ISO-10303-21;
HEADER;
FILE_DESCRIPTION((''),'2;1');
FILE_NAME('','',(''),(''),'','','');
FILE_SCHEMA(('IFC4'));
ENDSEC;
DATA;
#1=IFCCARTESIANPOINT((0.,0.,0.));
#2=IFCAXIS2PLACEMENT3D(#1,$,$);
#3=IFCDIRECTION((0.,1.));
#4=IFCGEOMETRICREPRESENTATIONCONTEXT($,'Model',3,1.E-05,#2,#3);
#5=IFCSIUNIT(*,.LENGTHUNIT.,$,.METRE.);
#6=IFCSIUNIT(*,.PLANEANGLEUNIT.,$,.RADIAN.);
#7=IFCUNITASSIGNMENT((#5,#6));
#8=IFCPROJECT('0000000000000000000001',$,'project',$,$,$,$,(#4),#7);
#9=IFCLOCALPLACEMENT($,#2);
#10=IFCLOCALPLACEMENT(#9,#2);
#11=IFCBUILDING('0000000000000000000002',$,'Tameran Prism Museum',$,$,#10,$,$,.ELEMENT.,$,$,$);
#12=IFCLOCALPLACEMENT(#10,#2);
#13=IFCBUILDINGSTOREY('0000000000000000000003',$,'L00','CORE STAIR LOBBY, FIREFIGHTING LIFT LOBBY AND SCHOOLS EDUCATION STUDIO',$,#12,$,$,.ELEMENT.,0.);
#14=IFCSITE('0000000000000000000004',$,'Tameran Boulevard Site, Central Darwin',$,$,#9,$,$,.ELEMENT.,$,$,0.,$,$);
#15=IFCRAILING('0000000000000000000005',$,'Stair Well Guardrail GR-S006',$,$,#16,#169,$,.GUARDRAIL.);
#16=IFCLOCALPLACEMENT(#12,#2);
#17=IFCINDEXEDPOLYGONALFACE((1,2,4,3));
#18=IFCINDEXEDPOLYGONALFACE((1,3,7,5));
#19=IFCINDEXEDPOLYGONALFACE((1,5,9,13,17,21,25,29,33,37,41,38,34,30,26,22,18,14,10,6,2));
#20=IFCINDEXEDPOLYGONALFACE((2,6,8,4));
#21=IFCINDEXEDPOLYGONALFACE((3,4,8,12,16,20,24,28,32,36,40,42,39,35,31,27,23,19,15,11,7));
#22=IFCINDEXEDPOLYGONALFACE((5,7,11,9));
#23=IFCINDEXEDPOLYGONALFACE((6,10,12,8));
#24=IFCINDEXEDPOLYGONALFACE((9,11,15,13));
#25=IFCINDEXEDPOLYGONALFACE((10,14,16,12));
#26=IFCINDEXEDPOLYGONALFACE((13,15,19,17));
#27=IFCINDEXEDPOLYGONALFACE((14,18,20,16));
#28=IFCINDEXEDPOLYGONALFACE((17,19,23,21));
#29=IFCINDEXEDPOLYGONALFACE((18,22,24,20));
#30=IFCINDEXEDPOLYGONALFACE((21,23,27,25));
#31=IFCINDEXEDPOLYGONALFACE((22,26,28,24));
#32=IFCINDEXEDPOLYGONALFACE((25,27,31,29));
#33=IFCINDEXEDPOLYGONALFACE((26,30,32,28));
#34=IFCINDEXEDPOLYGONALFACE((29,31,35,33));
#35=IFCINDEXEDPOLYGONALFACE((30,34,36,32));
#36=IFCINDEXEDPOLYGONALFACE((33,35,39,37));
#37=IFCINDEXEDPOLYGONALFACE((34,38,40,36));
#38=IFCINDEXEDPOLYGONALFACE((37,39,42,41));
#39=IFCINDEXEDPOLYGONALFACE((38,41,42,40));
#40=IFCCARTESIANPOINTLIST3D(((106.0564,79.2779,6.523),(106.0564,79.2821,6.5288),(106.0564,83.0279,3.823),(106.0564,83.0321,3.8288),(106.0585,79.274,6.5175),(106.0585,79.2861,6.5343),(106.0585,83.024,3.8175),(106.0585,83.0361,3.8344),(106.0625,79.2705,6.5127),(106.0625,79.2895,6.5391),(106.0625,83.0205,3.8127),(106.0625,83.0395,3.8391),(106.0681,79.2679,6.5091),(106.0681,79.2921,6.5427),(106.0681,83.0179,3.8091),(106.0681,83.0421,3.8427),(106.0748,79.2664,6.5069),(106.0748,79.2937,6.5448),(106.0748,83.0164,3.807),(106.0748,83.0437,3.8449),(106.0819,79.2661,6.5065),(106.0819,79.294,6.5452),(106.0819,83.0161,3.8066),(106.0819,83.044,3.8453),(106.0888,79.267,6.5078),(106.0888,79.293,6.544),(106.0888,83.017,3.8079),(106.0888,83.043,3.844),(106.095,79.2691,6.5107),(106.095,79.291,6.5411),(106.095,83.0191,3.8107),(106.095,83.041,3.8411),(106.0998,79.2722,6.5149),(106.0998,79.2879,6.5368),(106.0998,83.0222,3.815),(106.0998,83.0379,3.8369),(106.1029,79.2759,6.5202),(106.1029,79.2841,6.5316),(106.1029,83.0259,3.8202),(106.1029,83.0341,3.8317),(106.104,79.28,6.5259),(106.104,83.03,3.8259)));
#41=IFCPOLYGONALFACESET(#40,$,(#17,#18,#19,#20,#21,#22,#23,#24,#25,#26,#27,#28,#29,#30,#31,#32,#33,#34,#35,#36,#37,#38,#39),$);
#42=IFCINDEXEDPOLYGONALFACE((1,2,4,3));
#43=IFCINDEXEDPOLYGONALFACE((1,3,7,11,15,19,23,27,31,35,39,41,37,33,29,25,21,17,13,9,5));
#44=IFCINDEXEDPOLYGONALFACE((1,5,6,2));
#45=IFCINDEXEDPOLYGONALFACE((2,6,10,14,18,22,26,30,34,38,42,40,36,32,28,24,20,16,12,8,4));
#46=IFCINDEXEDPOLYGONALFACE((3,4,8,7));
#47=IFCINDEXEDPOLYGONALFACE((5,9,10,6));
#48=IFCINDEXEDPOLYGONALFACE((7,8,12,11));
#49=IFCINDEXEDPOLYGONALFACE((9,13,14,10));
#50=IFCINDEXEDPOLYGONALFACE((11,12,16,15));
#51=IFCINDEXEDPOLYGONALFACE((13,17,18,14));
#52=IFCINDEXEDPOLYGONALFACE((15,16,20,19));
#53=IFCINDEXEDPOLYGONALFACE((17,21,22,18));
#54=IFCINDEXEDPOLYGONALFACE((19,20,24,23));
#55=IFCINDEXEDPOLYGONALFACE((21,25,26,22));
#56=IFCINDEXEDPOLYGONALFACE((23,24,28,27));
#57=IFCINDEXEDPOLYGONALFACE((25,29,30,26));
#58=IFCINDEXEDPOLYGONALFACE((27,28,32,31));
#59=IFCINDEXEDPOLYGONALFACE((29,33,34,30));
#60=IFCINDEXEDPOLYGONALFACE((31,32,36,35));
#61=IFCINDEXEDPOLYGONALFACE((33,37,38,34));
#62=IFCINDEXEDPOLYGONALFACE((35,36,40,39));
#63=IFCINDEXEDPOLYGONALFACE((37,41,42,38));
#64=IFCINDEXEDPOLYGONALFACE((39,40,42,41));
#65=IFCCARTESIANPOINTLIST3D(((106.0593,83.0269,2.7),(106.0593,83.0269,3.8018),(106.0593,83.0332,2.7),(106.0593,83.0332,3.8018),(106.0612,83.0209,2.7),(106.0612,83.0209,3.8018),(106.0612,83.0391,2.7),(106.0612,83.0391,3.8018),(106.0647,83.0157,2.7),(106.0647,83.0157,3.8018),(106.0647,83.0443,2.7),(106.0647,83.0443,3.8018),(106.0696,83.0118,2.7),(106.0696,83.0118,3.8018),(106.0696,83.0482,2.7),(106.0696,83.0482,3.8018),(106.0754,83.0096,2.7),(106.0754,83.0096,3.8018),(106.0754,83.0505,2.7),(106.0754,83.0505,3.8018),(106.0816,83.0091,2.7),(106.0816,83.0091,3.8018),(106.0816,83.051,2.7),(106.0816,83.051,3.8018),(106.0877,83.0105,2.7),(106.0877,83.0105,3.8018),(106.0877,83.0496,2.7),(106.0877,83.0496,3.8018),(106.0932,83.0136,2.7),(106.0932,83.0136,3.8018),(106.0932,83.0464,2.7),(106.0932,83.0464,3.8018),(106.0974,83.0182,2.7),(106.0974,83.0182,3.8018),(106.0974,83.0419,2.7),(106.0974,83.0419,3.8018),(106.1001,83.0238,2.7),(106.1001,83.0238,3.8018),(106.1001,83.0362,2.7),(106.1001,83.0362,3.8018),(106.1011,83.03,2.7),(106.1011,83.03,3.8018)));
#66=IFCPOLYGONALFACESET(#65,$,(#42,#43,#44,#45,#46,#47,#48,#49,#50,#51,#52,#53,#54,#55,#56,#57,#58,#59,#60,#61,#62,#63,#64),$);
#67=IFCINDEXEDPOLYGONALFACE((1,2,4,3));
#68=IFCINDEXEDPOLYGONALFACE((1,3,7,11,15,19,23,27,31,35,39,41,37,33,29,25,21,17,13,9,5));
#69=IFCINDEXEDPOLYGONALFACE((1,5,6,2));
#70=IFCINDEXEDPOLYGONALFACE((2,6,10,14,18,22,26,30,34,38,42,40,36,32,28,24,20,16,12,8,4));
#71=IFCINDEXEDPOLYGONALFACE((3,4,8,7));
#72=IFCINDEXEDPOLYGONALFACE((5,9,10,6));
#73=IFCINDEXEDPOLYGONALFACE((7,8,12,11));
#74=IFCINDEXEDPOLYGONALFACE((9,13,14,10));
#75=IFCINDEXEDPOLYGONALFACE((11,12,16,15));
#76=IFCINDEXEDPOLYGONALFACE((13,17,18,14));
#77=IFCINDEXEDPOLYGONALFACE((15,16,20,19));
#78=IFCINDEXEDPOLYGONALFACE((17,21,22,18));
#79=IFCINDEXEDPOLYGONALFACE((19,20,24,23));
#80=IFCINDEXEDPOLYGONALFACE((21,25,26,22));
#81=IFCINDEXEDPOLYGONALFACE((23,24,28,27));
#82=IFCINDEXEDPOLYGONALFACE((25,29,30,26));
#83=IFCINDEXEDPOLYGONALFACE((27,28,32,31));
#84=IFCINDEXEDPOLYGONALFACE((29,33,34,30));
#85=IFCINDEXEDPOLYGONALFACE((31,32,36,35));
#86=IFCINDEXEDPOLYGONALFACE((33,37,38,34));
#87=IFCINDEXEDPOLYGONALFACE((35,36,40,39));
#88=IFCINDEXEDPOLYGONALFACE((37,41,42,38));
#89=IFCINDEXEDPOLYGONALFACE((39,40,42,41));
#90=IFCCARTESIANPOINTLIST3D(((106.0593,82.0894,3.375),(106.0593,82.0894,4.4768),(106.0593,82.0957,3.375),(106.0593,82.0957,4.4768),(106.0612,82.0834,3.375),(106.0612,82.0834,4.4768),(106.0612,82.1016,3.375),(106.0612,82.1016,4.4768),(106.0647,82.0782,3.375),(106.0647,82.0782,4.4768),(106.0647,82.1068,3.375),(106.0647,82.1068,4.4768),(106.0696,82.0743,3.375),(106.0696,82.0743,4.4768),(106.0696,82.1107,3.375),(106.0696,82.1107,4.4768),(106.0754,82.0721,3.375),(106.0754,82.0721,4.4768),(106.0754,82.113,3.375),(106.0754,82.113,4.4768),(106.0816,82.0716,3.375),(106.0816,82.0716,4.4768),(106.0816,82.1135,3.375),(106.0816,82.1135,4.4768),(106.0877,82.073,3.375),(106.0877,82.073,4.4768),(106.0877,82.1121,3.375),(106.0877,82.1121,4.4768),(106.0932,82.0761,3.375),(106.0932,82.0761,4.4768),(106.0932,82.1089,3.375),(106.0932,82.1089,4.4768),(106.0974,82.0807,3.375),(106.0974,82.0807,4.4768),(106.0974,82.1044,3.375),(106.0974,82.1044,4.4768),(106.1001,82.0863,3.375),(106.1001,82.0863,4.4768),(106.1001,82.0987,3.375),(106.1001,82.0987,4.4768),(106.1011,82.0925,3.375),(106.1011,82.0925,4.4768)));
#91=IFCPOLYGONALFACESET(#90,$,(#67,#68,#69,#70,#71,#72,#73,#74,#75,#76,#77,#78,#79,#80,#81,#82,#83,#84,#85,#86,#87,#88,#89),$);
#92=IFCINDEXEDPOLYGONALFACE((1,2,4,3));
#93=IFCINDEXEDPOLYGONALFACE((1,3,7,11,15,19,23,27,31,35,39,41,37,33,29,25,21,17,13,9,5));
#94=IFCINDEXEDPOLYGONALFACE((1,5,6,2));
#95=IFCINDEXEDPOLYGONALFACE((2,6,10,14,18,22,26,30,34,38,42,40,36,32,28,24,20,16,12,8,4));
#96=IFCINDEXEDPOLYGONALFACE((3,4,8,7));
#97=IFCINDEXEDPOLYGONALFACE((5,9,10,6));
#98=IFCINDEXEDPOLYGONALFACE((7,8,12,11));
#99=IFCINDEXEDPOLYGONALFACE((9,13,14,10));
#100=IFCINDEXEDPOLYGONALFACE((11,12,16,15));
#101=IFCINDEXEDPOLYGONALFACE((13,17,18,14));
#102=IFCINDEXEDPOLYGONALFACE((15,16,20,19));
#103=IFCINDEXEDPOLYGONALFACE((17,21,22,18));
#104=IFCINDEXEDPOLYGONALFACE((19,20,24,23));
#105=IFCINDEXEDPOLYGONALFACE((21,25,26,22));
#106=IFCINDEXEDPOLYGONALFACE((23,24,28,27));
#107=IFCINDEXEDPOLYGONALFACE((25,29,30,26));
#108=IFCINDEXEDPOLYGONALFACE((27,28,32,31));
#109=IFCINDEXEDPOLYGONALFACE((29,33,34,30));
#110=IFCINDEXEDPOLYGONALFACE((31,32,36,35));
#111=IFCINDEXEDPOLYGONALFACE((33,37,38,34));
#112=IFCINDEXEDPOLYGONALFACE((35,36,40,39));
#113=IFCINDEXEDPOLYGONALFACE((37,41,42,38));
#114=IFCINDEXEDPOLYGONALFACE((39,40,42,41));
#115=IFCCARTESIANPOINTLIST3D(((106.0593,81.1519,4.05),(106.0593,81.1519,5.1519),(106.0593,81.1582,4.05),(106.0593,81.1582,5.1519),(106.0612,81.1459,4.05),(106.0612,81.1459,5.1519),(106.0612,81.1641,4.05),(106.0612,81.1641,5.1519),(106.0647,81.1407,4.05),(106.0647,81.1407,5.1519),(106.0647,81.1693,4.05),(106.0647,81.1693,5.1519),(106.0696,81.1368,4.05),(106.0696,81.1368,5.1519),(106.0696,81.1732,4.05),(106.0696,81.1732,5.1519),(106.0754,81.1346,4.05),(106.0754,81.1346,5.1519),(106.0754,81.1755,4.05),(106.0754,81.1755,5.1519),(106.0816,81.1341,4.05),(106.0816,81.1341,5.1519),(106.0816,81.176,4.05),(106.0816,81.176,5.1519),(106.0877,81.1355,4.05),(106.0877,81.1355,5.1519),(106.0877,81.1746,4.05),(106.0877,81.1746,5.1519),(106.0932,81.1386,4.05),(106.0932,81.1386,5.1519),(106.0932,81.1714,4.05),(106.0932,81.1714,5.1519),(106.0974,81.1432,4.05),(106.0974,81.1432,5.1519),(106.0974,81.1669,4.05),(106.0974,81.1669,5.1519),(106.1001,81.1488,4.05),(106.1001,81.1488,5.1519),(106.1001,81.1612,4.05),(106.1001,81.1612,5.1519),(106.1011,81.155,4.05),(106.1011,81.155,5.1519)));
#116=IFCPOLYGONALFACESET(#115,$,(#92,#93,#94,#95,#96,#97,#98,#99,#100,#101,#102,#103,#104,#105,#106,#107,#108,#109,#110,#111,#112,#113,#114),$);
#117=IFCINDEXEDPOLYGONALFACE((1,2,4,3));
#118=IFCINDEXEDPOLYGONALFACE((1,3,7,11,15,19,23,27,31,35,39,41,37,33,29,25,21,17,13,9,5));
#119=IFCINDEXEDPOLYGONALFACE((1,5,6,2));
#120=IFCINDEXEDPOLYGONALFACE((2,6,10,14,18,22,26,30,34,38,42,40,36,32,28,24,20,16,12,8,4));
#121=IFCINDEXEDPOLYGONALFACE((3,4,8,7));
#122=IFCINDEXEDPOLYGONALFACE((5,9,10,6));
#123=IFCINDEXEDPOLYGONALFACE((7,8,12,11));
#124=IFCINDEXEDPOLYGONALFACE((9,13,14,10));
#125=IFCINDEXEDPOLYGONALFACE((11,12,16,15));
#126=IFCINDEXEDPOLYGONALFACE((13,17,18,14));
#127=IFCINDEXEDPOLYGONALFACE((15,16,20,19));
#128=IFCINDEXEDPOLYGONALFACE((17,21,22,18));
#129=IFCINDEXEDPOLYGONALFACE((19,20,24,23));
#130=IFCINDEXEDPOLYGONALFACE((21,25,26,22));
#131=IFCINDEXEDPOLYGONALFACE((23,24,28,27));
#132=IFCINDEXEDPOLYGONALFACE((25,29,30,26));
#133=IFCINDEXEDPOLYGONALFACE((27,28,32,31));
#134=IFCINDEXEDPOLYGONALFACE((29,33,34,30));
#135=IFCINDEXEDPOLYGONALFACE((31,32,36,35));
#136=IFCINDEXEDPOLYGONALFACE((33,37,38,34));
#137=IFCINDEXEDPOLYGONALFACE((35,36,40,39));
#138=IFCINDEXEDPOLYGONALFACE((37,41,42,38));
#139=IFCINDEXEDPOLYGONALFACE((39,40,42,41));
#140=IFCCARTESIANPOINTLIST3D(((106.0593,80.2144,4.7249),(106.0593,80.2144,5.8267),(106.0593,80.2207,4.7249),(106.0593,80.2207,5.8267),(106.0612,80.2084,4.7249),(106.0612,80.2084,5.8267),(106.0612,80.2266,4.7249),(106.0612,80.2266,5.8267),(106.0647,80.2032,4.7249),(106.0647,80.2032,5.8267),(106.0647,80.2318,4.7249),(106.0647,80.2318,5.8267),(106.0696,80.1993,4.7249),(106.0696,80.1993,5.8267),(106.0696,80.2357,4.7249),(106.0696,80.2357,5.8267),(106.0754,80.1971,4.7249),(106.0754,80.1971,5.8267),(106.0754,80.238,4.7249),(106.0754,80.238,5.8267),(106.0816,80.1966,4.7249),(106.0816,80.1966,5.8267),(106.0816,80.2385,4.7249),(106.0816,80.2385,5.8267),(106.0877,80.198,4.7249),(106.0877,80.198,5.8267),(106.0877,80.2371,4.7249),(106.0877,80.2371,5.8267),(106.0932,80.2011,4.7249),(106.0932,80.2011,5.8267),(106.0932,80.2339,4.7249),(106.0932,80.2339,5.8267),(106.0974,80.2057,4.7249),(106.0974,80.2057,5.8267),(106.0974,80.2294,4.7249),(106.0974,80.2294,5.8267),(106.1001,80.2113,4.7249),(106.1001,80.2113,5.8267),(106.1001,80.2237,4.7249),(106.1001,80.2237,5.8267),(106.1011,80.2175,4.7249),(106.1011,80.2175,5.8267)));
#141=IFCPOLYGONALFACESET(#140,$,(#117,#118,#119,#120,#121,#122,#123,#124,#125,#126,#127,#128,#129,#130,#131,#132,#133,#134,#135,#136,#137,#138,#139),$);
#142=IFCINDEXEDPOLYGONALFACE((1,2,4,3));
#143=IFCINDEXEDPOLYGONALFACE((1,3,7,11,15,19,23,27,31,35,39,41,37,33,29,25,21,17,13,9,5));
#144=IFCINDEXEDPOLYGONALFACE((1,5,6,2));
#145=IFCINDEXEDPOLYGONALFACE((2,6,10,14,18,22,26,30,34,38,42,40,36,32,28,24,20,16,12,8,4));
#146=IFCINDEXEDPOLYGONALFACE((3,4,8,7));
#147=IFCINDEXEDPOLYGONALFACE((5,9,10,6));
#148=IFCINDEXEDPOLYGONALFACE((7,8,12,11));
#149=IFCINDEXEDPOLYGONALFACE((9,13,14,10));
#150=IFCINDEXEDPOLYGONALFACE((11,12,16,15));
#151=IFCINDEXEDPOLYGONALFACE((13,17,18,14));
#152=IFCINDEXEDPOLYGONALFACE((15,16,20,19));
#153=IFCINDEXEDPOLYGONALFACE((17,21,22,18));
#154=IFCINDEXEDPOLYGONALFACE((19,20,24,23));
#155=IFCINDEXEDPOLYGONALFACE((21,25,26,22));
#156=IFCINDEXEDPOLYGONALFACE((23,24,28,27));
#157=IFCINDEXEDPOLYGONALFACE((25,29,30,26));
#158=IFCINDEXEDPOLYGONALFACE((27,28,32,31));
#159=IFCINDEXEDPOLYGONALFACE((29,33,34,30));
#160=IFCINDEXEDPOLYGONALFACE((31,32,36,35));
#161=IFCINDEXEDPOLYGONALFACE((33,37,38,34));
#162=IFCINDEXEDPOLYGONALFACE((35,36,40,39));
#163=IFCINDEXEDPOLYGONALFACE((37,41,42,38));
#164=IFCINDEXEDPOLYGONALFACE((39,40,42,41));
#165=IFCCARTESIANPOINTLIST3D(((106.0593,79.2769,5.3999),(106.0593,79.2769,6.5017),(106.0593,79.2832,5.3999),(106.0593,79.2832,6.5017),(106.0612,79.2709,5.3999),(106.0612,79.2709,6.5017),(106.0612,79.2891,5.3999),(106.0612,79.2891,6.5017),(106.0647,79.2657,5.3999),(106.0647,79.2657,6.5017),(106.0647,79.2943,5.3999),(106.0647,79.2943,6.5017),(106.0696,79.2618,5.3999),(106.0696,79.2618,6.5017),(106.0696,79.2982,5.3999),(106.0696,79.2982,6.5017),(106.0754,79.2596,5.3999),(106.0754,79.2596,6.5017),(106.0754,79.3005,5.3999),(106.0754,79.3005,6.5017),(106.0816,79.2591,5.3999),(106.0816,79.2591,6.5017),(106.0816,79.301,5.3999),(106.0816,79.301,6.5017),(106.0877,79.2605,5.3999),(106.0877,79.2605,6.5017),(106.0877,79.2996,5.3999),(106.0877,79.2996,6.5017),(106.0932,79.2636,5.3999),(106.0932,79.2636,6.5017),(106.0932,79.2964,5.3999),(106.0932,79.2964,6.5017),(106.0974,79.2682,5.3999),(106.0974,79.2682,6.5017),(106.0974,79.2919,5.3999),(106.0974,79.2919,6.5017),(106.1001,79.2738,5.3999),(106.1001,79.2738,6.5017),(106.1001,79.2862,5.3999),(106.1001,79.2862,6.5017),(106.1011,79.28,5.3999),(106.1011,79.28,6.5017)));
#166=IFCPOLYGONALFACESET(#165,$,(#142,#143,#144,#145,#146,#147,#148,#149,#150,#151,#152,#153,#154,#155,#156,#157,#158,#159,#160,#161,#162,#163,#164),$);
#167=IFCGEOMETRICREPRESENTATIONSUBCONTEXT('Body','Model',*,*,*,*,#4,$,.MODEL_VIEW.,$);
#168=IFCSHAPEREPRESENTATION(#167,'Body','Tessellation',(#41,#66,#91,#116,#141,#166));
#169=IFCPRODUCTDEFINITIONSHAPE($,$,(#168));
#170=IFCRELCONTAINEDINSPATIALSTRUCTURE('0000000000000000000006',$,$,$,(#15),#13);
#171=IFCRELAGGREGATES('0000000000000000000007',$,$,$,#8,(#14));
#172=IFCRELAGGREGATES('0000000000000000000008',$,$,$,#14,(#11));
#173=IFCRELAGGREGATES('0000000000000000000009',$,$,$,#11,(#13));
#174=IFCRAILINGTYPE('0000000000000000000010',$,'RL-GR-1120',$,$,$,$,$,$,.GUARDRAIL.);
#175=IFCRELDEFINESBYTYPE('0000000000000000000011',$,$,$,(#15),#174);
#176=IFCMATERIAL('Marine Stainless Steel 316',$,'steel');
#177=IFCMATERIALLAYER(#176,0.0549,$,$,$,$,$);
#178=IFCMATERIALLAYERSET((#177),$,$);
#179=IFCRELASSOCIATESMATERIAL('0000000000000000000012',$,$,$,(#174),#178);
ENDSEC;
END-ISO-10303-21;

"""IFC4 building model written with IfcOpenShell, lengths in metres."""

from ifc_helpers import new_model, si_unit, direction, frame, origin, origin_2d, place, context, subcontext, project, spatial, circle, extrude, material, layer, layer_set, type_object, element, save


model = new_model("IFC4")

# Units and contexts
model_context = context("Model", 3, precision=1e-05, world=origin(), true_north=direction((0.0, 1.0)))
body_context = subcontext(model_context, "Body", "Model", "MODEL_VIEW")
ifc_project = project(units=[si_unit("LENGTHUNIT", "METRE"), si_unit("PLANEANGLEUNIT", "RADIAN")], contexts=[model_context])

# Site, building, storey
site_placement = place(None, origin())
site = spatial("IfcSite", under=ifc_project, at=site_placement, Name="Tameran Boulevard Site, Central Darwin", CompositionType="ELEMENT", RefElevation=0.0)
building_placement = place(site_placement, origin())
building = spatial("IfcBuilding", under=site, at=building_placement, Name="Tameran Prism Museum", CompositionType="ELEMENT")
storey_placement = place(building_placement, origin())
storey = spatial("IfcBuildingStorey", under=building, at=storey_placement, Name="L00", Description="CORE STAIR LOBBY, FIREFIGHTING LIFT LOBBY AND SCHOOLS EDUCATION STUDIO", CompositionType="ELEMENT", Elevation=0.0)

# Railing
ifc_material_1 = material(Name="Marine Stainless Steel 316", Category="steel")
ifc_layer_1 = layer(ifc_material_1, 0.0549)
ifc_layer_set_1 = layer_set([ifc_layer_1])
railing_type_1 = type_object("IfcRailingType", Name="RL-GR-1120", PredefinedType="GUARDRAIL", material=ifc_layer_set_1)
railing_1_placement = place(storey_placement, frame((106.0801, 83.03, 2.7)))
element("IfcRailing", 1, at=railing_1_placement, inside=storey, type_object=railing_type_1, Name="Stair Well Guardrail GR-S006", PredefinedType="GUARDRAIL", context=body_context, shape_type="SweptSolid", body=[
    extrude(circle(Radius=0.0239, at=origin_2d()), frame((0.0, 0.0, 1.126), z_axis=(0.0, -0.811539, 0.584298), x_axis=(1.0, 0.0, 0.0)), (0.0, 0.0, 1.0), 4.6208),
    extrude(circle(Radius=0.021, at=origin_2d()), origin(), (0.0, 0.0, 1.0), 1.1018),
    extrude(circle(Radius=0.021, at=origin_2d()), frame((0.0, -0.9375, 0.675)), (0.0, 0.0, 1.0), 1.1018),
    extrude(circle(Radius=0.021, at=origin_2d()), frame((0.0, -1.875, 1.3501)), (0.0, 0.0, 1.0), 1.1018),
    extrude(circle(Radius=0.021, at=origin_2d()), frame((0.0, -2.8125, 2.0249)), (0.0, 0.0, 1.0), 1.1018),
    extrude(circle(Radius=0.021, at=origin_2d()), frame((0.0, -3.75, 2.7)), (0.0, 0.0, 1.0), 1.1018),
])

save(model, "model.ifc")
